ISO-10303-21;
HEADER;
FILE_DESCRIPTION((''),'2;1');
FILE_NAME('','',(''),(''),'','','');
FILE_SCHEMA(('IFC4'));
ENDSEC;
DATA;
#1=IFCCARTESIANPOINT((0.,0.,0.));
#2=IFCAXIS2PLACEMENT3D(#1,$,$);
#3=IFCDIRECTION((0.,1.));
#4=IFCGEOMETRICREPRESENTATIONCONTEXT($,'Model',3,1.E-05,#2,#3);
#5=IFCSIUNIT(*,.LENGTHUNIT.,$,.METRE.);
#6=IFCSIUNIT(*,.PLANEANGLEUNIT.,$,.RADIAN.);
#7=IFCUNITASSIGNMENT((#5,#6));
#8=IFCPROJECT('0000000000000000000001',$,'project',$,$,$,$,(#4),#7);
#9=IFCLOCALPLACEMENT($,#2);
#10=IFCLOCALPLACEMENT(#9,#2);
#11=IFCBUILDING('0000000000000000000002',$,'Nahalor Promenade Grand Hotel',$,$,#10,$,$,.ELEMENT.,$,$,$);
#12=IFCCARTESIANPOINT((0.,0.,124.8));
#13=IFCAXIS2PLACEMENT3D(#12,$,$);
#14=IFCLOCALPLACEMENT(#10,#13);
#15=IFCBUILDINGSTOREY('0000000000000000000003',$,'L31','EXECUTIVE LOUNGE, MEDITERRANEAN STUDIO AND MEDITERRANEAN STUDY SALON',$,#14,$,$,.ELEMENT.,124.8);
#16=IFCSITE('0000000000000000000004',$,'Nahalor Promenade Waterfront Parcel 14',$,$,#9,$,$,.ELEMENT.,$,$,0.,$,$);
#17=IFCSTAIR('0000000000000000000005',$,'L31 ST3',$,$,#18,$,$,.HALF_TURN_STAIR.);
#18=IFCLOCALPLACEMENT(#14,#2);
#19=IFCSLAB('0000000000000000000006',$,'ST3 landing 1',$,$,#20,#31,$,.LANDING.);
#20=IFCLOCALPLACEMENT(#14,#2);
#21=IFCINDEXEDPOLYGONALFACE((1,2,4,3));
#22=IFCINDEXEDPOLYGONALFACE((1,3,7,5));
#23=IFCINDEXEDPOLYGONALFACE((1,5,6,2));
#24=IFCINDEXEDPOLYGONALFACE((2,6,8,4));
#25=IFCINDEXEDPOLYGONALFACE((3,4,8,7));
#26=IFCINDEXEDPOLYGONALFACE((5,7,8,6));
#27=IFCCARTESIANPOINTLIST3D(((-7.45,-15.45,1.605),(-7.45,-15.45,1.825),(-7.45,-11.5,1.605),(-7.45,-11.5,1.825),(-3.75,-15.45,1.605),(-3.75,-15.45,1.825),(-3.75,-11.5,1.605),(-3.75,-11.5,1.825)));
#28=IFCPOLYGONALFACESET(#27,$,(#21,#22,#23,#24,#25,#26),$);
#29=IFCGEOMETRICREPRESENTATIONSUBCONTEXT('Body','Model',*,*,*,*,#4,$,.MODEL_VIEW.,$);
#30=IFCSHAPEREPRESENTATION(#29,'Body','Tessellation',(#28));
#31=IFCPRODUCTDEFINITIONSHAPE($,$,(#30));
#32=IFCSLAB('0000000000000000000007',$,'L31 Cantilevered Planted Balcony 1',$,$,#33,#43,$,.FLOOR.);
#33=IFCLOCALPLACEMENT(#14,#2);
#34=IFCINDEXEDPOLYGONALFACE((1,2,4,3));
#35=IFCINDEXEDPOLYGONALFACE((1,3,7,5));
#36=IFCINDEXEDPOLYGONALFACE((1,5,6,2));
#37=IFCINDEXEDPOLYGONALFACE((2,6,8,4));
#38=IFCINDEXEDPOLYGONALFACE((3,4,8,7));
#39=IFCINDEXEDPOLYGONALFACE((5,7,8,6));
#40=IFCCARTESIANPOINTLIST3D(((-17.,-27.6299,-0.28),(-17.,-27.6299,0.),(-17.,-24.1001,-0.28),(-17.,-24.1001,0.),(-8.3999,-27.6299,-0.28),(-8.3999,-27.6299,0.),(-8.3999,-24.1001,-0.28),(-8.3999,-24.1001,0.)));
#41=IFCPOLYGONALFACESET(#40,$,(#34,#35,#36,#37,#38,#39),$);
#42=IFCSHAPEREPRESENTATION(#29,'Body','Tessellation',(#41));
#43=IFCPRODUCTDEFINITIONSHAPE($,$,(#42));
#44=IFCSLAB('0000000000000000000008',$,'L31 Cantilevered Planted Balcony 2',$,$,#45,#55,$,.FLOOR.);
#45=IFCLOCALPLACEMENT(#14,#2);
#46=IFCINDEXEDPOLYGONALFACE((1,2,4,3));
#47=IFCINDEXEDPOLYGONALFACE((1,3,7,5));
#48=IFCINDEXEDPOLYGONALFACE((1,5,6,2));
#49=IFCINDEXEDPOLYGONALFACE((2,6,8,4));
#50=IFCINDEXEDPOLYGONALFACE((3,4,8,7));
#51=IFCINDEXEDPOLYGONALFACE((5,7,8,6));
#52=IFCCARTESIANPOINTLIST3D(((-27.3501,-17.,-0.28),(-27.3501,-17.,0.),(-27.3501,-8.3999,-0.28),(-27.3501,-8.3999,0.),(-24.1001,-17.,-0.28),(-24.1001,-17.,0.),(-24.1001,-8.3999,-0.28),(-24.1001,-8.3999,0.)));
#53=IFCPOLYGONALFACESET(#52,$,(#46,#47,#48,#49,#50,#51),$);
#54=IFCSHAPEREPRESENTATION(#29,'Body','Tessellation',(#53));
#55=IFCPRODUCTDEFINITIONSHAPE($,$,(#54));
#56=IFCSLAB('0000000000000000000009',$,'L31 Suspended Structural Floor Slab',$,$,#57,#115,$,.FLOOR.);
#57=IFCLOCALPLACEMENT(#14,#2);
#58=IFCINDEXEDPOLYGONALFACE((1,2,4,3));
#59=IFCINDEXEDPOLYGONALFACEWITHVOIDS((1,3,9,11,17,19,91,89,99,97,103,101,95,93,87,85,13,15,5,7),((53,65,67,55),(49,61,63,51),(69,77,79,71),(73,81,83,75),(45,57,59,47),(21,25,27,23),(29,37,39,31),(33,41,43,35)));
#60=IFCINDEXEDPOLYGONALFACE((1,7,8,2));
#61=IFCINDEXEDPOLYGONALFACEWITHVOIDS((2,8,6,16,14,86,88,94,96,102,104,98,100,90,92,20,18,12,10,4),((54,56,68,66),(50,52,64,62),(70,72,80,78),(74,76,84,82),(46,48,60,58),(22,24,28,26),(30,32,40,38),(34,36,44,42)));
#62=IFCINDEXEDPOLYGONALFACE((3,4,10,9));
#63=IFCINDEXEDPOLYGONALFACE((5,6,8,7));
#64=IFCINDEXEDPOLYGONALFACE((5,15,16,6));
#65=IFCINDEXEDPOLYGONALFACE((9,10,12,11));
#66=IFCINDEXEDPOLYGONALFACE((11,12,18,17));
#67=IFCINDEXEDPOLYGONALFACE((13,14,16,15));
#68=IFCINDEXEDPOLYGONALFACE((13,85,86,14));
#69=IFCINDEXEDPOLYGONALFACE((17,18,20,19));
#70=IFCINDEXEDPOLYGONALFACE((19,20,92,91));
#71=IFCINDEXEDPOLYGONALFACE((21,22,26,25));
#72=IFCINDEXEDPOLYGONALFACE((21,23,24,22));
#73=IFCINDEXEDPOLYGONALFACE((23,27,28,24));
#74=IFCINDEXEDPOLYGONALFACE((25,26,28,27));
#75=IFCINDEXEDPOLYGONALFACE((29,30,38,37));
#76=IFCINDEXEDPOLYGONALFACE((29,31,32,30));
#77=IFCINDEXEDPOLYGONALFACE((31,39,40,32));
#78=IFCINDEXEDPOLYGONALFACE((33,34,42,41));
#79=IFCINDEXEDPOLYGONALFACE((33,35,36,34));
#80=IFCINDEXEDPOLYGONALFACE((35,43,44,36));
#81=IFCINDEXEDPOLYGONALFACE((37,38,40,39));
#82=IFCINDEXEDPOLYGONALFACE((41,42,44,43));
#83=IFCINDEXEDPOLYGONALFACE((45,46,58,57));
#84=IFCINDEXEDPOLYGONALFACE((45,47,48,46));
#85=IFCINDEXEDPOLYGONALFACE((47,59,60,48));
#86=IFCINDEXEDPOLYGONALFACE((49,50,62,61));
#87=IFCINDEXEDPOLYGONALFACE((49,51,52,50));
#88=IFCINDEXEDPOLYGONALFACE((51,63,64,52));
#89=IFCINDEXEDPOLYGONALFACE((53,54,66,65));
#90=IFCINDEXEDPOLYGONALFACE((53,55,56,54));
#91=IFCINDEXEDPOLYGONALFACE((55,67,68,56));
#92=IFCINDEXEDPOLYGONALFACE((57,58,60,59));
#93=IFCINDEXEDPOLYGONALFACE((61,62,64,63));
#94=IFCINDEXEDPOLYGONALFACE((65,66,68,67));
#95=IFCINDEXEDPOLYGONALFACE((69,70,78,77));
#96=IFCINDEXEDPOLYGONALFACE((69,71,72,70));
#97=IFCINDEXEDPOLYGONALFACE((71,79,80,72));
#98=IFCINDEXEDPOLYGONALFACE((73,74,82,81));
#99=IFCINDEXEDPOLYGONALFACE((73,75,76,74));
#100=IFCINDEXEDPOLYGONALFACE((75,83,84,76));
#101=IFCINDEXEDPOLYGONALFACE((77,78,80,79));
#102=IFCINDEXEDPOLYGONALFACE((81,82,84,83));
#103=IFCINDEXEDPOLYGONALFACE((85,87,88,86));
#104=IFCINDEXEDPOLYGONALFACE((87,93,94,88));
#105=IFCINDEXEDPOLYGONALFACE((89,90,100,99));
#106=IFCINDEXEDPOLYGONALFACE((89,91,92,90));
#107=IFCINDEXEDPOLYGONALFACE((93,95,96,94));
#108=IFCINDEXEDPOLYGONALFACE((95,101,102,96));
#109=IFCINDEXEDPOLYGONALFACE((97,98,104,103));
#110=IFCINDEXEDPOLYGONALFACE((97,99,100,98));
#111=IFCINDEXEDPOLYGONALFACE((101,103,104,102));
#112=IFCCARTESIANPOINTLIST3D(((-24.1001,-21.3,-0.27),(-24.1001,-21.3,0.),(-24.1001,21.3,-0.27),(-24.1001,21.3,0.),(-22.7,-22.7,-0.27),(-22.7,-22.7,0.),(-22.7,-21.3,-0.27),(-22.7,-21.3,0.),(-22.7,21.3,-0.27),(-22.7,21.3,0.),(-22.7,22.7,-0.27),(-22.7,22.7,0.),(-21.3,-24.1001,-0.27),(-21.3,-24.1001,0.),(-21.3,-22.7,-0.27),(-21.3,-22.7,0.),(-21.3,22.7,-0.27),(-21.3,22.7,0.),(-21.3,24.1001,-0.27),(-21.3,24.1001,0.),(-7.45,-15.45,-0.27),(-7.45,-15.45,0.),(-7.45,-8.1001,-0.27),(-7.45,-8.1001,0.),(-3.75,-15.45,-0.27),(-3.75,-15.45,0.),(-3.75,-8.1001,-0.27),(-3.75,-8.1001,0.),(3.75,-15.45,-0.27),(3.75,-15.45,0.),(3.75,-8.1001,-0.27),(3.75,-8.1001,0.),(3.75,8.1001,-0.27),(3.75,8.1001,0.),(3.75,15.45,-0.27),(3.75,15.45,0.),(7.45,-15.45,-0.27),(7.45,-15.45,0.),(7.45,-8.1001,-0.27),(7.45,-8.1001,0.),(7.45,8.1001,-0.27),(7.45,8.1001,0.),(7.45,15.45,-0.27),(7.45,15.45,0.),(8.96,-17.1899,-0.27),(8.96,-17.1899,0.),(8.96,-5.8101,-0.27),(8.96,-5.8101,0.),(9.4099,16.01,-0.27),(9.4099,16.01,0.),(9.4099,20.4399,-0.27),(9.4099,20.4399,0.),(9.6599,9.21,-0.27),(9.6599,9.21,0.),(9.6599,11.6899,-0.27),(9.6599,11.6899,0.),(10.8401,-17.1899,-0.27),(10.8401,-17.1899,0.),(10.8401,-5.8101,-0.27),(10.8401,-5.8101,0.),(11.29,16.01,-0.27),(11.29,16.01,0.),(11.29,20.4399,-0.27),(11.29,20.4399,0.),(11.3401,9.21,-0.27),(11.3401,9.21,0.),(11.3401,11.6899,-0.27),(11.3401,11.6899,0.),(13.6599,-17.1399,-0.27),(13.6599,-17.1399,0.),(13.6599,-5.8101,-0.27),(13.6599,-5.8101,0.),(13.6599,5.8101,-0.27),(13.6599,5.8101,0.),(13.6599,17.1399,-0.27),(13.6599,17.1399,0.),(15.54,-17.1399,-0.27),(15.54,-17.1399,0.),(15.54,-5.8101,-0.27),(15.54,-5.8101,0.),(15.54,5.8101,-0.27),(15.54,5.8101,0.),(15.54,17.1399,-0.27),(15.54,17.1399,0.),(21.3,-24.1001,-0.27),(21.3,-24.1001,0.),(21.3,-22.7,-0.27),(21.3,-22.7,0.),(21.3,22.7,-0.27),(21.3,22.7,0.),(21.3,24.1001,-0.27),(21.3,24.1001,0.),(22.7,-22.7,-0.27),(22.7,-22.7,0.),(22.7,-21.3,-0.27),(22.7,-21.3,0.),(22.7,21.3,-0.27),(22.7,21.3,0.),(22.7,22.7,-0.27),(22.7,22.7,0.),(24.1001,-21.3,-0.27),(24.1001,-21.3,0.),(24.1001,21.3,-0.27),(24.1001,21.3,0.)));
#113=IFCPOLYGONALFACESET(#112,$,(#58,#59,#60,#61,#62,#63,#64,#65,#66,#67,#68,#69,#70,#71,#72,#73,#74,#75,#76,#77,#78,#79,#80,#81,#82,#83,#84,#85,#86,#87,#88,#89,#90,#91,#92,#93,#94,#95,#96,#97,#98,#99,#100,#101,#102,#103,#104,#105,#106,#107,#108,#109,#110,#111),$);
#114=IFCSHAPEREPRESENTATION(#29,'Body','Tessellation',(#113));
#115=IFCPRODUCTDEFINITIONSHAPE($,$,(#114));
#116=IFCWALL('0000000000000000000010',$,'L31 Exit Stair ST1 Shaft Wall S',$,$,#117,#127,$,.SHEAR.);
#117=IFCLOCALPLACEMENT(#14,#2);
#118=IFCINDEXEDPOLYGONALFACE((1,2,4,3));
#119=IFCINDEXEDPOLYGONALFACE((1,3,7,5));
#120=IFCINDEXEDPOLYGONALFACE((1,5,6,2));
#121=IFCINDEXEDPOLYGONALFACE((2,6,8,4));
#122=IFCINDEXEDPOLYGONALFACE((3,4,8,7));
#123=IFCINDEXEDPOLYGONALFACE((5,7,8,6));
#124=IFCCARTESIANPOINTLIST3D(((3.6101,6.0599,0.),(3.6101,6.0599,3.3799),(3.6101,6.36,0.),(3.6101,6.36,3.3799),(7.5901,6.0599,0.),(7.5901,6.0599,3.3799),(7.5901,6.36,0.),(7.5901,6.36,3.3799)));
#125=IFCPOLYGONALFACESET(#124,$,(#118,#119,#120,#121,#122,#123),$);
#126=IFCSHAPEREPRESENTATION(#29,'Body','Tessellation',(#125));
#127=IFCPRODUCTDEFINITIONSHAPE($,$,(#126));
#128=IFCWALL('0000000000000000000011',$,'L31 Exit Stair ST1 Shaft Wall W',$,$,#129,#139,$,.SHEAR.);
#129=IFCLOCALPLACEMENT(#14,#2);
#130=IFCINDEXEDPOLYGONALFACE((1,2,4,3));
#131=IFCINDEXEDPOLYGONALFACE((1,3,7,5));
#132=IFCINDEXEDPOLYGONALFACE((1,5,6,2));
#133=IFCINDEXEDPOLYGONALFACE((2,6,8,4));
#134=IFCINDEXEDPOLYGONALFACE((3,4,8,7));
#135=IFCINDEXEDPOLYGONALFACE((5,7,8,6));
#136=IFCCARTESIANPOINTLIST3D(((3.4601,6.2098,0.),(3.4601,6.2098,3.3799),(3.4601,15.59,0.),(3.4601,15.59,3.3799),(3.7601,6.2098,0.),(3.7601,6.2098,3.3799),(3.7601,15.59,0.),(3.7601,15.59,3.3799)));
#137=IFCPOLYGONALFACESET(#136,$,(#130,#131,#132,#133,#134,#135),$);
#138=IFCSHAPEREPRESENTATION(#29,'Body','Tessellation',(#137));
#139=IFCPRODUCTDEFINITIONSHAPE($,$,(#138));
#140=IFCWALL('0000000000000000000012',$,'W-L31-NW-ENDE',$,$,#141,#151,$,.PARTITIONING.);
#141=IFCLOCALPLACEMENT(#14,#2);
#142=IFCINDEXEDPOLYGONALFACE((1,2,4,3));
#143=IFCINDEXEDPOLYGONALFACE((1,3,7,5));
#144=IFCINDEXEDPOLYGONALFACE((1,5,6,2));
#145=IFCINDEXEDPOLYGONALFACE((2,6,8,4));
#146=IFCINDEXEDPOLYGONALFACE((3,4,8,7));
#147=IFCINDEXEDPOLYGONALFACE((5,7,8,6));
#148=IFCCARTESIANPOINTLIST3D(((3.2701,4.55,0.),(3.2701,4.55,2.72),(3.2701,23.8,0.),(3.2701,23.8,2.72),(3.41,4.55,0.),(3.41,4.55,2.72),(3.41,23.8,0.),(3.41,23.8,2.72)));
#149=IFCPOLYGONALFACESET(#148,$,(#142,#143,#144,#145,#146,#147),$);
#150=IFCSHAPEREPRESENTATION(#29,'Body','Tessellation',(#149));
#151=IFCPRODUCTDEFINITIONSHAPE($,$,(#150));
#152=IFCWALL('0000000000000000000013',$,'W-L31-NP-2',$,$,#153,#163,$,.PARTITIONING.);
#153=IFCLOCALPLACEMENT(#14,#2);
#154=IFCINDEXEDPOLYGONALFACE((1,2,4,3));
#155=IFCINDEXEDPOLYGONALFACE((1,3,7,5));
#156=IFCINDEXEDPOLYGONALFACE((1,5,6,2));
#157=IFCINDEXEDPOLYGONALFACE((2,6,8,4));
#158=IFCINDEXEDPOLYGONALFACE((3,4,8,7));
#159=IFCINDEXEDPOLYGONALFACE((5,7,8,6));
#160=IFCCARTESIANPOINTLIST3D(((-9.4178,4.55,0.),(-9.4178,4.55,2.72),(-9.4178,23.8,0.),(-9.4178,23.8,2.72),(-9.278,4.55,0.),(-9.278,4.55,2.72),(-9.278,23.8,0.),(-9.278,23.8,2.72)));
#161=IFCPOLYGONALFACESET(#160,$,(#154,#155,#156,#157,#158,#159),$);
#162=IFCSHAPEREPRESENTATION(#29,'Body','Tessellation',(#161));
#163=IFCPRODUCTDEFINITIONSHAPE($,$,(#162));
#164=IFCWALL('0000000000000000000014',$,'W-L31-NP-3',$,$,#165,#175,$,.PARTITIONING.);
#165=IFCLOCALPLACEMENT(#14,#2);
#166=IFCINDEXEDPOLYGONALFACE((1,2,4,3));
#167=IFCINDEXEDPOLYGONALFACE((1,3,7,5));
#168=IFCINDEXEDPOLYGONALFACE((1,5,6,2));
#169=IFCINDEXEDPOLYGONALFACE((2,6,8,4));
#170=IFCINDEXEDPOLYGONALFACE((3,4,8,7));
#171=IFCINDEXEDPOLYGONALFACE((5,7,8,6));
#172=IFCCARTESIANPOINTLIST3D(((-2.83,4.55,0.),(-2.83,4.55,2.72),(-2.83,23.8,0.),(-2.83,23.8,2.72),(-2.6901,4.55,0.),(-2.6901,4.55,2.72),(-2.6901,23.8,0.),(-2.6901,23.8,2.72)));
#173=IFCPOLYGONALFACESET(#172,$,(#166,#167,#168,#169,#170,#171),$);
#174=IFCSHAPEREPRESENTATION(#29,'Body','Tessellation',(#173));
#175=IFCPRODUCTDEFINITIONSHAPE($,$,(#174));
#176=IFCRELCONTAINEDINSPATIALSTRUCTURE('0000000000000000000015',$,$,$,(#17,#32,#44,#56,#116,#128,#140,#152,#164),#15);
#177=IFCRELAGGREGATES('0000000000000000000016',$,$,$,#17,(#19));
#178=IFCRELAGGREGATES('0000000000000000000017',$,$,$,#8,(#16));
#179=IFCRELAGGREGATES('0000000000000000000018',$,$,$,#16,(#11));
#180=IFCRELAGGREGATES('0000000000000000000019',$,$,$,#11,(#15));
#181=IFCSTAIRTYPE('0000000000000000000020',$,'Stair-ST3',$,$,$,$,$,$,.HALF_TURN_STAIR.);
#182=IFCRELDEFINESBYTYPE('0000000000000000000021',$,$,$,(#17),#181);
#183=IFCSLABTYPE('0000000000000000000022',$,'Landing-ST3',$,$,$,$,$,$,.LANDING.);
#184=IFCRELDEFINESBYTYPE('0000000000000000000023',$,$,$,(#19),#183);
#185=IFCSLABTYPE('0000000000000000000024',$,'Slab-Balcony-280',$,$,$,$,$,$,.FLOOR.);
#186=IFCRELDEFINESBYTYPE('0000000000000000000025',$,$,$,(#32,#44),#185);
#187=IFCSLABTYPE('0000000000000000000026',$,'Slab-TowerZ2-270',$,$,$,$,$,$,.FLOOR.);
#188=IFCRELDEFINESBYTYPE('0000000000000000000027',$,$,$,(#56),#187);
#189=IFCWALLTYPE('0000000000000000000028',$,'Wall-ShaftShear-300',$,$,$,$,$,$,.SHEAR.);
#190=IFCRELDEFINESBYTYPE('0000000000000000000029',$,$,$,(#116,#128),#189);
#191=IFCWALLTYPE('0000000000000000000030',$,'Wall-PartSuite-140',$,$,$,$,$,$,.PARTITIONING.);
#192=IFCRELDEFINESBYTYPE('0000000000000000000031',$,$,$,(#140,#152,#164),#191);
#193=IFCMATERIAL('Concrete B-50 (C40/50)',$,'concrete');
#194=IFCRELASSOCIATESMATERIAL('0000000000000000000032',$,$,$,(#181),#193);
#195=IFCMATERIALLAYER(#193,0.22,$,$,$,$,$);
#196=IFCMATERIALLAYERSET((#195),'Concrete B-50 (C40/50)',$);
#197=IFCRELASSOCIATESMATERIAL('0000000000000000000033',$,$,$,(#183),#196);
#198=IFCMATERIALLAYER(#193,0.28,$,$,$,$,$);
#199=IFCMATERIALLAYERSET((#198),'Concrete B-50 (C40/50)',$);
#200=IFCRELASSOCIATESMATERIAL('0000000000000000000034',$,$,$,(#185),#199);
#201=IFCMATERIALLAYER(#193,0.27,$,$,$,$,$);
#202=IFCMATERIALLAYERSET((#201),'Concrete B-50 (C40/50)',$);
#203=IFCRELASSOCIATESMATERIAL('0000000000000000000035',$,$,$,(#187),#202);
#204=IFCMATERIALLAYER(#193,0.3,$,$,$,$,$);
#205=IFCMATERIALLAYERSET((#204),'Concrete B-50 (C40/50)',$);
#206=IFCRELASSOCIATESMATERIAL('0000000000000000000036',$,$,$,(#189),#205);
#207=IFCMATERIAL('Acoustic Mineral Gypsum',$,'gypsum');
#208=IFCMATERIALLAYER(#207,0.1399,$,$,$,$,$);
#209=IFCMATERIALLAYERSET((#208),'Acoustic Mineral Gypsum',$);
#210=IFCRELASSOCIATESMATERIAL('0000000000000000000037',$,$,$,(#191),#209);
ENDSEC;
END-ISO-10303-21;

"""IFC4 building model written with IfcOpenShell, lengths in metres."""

from ifc_helpers import new_model, si_unit, direction, frame, frame_2d, origin, place, context, subcontext, project, spatial, polyline, rectangle, outline, extrude, source, transform, mapped, material, layer, layer_set, type_object, element, aggregate, save


model = new_model("IFC4")

# Units and contexts
model_context = context("Model", 3, precision=1e-05, world=origin(), true_north=direction((0.0, 1.0)))
body_context = subcontext(model_context, "Body", "Model", "MODEL_VIEW")
ifc_project = project(units=[si_unit("LENGTHUNIT", "METRE"), si_unit("PLANEANGLEUNIT", "RADIAN")], contexts=[model_context])

# Site, building, storey
site_placement = place(None, origin())
site = spatial("IfcSite", under=ifc_project, at=site_placement, Name="Nahalor Promenade Waterfront Parcel 14", CompositionType="ELEMENT", RefElevation=0.0)
building_placement = place(site_placement, origin())
building = spatial("IfcBuilding", under=site, at=building_placement, Name="Nahalor Promenade Grand Hotel", CompositionType="ELEMENT")
storey_placement = place(building_placement, frame((0.0, 0.0, 124.8)))
storey = spatial("IfcBuildingStorey", under=building, at=storey_placement, Name="L31", Description="EXECUTIVE LOUNGE, MEDITERRANEAN STUDIO AND MEDITERRANEAN STUDY SALON", CompositionType="ELEMENT", Elevation=124.8)

# Stair, slab
ifc_material_1 = material(Name="Concrete B-50 (C40/50)", Category="concrete")
stair_type_1 = type_object("IfcStairType", Name="Stair-ST3", PredefinedType="HALF_TURN_STAIR", material=ifc_material_1)
stair_1_placement = place(storey_placement, origin())
stair_1 = element("IfcStair", 1, at=stair_1_placement, inside=storey, type_object=stair_type_1, Name="L31 ST3", PredefinedType="HALF_TURN_STAIR")
ifc_layer_1 = layer(ifc_material_1, 0.22)
ifc_layer_set_1 = layer_set([ifc_layer_1], Name="Concrete B-50 (C40/50)")
slab_type_1 = type_object("IfcSlabType", Name="Landing-ST3", PredefinedType="LANDING", material=ifc_layer_set_1)
slab_1_placement = place(storey_placement, frame((0.0, 0.0, 1.605)))
slab_1 = element("IfcSlab", 2, at=slab_1_placement, type_object=slab_type_1, Name="ST3 landing 1", PredefinedType="LANDING", context=body_context, shape_type="SweptSolid", body=[
    extrude(outline(polyline([(-7.45, -11.5), (-7.45, -15.45), (-3.75, -15.45), (-3.75, -11.5), (-7.45, -11.5)])), origin(), (0.0, 0.0, 1.0), 0.22),
])
aggregate(stair_1, [slab_1])

# Slabs
ifc_layer_2 = layer(ifc_material_1, 0.28)
ifc_layer_set_2 = layer_set([ifc_layer_2], Name="Concrete B-50 (C40/50)")
slab_type_2 = type_object("IfcSlabType", Name="Slab-Balcony-280", PredefinedType="FLOOR", material=ifc_layer_set_2)
slab_2_placement = place(storey_placement, frame((0.0, 0.0, -0.28)))
element("IfcSlab", 3, at=slab_2_placement, inside=storey, type_object=slab_type_2, Name="L31 Cantilevered Planted Balcony 1", PredefinedType="FLOOR", context=body_context, shape_type="SweptSolid", body=[
    extrude(outline(polyline([(-17.0, -27.6299), (-8.3999, -27.6299), (-8.3999, -24.1001), (-17.0, -24.1001), (-17.0, -27.6299)])), origin(), (0.0, 0.0, 1.0), 0.28),
])
slab_3_placement = place(storey_placement, frame((0.0, 0.0, -0.28)))
element("IfcSlab", 4, at=slab_3_placement, inside=storey, type_object=slab_type_2, Name="L31 Cantilevered Planted Balcony 2", PredefinedType="FLOOR", context=body_context, shape_type="SweptSolid", body=[
    extrude(outline(polyline([(-27.3501, -17.0), (-24.1001, -17.0), (-24.1001, -8.3999), (-27.3501, -8.3999), (-27.3501, -17.0)])), origin(), (0.0, 0.0, 1.0), 0.28),
])
ifc_layer_3 = layer(ifc_material_1, 0.27)
ifc_layer_set_3 = layer_set([ifc_layer_3], Name="Concrete B-50 (C40/50)")
slab_type_3 = type_object("IfcSlabType", Name="Slab-TowerZ2-270", PredefinedType="FLOOR", material=ifc_layer_set_3)
slab_4_placement = place(storey_placement, frame((0.0, 0.0, -0.27)))
element("IfcSlab", 5, at=slab_4_placement, inside=storey, type_object=slab_type_3, Name="L31 Suspended Structural Floor Slab", PredefinedType="FLOOR", context=body_context, shape_type="SweptSolid", body=[
    extrude(outline(polyline([(-21.3, -24.1001), (21.3, -24.1001), (21.3, -22.7), (22.7, -22.7), (22.7, -21.3), (24.1001, -21.3), (24.1001, 21.3), (22.7, 21.3), (22.7, 22.7), (21.3, 22.7), (21.3, 24.1001), (-21.3, 24.1001), (-21.3, 22.7), (-22.7, 22.7), (-22.7, 21.3), (-24.1001, 21.3), (-24.1001, -21.3), (-22.7, -21.3), (-22.7, -22.7), (-21.3, -22.7), (-21.3, -24.1001)]), holes=[polyline([(3.75, 8.1001), (7.45, 8.1001), (7.45, 15.45), (3.75, 15.45), (3.75, 8.1001)]), polyline([(3.75, -15.45), (7.45, -15.45), (7.45, -8.1001), (3.75, -8.1001), (3.75, -15.45)]), polyline([(-7.45, -15.45), (-3.75, -15.45), (-3.75, -8.1001), (-7.45, -8.1001), (-7.45, -15.45)]), polyline([(13.6599, 5.8101), (15.54, 5.8101), (15.54, 17.1399), (13.6599, 17.1399), (13.6599, 5.8101)]), polyline([(13.6599, -17.1399), (15.54, -17.1399), (15.54, -5.8101), (13.6599, -5.8101), (13.6599, -17.1399)]), polyline([(8.96, -17.1899), (10.8401, -17.1899), (10.8401, -5.8101), (8.96, -5.8101), (8.96, -17.1899)]), polyline([(9.4099, 16.01), (11.29, 16.01), (11.29, 20.4399), (9.4099, 20.4399), (9.4099, 16.01)]), polyline([(9.6599, 9.21), (11.3401, 9.21), (11.3401, 11.6899), (9.6599, 11.6899), (9.6599, 9.21)])]), origin(), (0.0, 0.0, 1.0), 0.27),
])

# Walls
ifc_layer_4 = layer(ifc_material_1, 0.3)
ifc_layer_set_4 = layer_set([ifc_layer_4], Name="Concrete B-50 (C40/50)")
wall_type_1 = type_object("IfcWallType", Name="Wall-ShaftShear-300", PredefinedType="SHEAR", material=ifc_layer_set_4)
shared_shape_1 = source(origin(), body_context, "Body", "SweptSolid", [
    extrude(rectangle(XDim=3.98, YDim=0.3, at=frame_2d((1.99, 0.0))), origin(), (0.0, 0.0, 1.0), 3.3799),
])
wall_1_placement = place(storey_placement, frame((3.6101, 6.21, 0.0), z_axis=(0.0, 0.0, 1.0), x_axis=(1.0, 0.0, 0.0)))
element("IfcWall", 6, at=wall_1_placement, inside=storey, type_object=wall_type_1, Name="L31 Exit Stair ST1 Shaft Wall S", PredefinedType="SHEAR", context=body_context, shape_type="MappedRepresentation", body=[
    mapped(shared_shape_1, transform((0.0, 0.0, 0.0), scale=1.0)),
])
shared_shape_2 = source(origin(), body_context, "Body", "SweptSolid", [
    extrude(rectangle(XDim=9.3801, YDim=0.3, at=frame_2d((4.6899, 0.0))), origin(), (0.0, 0.0, 1.0), 3.3799),
])
wall_2_placement = place(storey_placement, frame((3.6101, 6.21, 0.0), z_axis=(0.0, 0.0, 1.0), x_axis=(0.0, 1.0, 0.0)))
element("IfcWall", 7, at=wall_2_placement, inside=storey, type_object=wall_type_1, Name="L31 Exit Stair ST1 Shaft Wall W", PredefinedType="SHEAR", context=body_context, shape_type="MappedRepresentation", body=[
    mapped(shared_shape_2, transform((0.0, 0.0, 0.0), scale=1.0)),
])
ifc_material_2 = material(Name="Acoustic Mineral Gypsum", Category="gypsum")
ifc_layer_5 = layer(ifc_material_2, 0.1399)
ifc_layer_set_5 = layer_set([ifc_layer_5], Name="Acoustic Mineral Gypsum")
wall_type_2 = type_object("IfcWallType", Name="Wall-PartSuite-140", PredefinedType="PARTITIONING", material=ifc_layer_set_5)
shared_shape_3 = source(origin(), body_context, "Body", "SweptSolid", [
    extrude(rectangle(XDim=19.25, YDim=0.1399, at=frame_2d((9.625, 0.0))), origin(), (0.0, 0.0, 1.0), 2.72),
])
for number, where, z_axis, x_axis, name in (
    (8, (3.3401, 4.55, 0.0), (0.0, 0.0, 1.0), (0.0, 1.0, 0.0), "W-L31-NW-ENDE"),
    (9, (-9.3479, 4.55, 0.0), (0.0, 0.0, 1.0), (0.0, 1.0, 0.0), "W-L31-NP-2"),
    (10, (-2.76, 4.55, 0.0), (0.0, 0.0, 1.0), (0.0, 1.0, 0.0), "W-L31-NP-3"),
):
    element("IfcWall", number, at=place(storey_placement, frame(where, z_axis=z_axis, x_axis=x_axis)), inside=storey, type_object=wall_type_2, Name=name, PredefinedType="PARTITIONING", context=body_context, shape_type="MappedRepresentation", body=[
        mapped(shared_shape_3, transform((0.0, 0.0, 0.0), scale=1.0)),
    ])

save(model, "model.ifc")
